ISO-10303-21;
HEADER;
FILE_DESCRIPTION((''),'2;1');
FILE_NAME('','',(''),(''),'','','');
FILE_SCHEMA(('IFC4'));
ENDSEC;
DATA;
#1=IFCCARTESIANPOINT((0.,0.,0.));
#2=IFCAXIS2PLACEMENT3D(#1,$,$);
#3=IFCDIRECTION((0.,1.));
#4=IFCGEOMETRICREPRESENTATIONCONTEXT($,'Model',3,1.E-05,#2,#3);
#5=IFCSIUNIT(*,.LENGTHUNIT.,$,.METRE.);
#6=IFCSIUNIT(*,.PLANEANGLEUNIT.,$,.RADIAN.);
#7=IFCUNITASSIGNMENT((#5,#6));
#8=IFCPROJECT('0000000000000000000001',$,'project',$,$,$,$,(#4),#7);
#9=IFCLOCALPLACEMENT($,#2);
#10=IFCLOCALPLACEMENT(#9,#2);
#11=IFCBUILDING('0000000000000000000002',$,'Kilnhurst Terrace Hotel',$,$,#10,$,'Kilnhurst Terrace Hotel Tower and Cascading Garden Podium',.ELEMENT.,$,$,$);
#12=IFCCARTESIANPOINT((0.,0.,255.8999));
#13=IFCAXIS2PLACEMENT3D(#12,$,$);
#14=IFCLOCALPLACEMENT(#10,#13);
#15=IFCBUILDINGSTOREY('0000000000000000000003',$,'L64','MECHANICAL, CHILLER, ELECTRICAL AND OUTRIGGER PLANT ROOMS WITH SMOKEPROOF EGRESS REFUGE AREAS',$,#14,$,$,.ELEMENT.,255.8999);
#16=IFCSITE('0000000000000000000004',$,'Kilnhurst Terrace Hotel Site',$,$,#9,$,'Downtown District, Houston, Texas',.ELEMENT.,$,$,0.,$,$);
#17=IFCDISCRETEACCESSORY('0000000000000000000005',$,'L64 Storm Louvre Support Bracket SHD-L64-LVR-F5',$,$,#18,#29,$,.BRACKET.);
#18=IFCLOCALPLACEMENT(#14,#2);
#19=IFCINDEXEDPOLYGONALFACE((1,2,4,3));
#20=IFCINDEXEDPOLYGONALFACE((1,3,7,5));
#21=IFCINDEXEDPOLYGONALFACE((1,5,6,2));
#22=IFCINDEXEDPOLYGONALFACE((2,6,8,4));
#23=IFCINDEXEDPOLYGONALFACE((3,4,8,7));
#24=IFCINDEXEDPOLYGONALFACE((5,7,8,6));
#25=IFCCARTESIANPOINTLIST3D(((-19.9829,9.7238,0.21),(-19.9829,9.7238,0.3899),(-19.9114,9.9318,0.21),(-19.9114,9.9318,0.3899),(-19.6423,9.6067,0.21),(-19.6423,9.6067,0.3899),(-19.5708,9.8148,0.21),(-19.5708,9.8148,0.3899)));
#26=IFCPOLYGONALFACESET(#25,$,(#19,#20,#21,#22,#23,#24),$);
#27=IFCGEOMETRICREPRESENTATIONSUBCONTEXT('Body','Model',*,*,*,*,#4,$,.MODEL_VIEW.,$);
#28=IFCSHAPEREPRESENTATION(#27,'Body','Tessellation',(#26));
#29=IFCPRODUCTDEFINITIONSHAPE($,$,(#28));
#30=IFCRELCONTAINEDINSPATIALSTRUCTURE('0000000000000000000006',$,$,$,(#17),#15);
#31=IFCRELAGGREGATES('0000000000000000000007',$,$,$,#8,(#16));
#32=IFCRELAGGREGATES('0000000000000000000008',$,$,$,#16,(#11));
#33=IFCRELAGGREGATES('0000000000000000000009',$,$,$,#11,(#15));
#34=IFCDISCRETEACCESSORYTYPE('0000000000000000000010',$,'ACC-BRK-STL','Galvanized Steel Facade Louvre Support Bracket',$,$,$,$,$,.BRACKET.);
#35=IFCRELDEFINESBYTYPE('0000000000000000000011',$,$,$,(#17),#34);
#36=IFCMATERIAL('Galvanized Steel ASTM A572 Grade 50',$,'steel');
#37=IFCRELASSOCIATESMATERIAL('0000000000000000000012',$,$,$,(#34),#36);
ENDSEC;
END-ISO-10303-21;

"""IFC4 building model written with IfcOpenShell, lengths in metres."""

from ifc_helpers import new_model, si_unit, direction, frame, origin, origin_2d, place, context, subcontext, project, spatial, rectangle, extrude, material, type_object, element, save


model = new_model("IFC4")

# Units and contexts
model_context = context("Model", 3, precision=1e-05, world=origin(), true_north=direction((0.0, 1.0)))
body_context = subcontext(model_context, "Body", "Model", "MODEL_VIEW")
ifc_project = project(units=[si_unit("LENGTHUNIT", "METRE"), si_unit("PLANEANGLEUNIT", "RADIAN")], contexts=[model_context])

# Site, building, storey
site_placement = place(None, origin())
site = spatial("IfcSite", under=ifc_project, at=site_placement, Name="Kilnhurst Terrace Hotel Site", LongName="Downtown District, Houston, Texas", CompositionType="ELEMENT", RefElevation=0.0)
building_placement = place(site_placement, origin())
building = spatial("IfcBuilding", under=site, at=building_placement, Name="Kilnhurst Terrace Hotel", LongName="Kilnhurst Terrace Hotel Tower and Cascading Garden Podium", CompositionType="ELEMENT")
storey_placement = place(building_placement, frame((0.0, 0.0, 255.8999)))
storey = spatial("IfcBuildingStorey", under=building, at=storey_placement, Name="L64", Description="MECHANICAL, CHILLER, ELECTRICAL AND OUTRIGGER PLANT ROOMS WITH SMOKEPROOF EGRESS REFUGE AREAS", CompositionType="ELEMENT", Elevation=255.8999)

# Discrete accessory
ifc_material_1 = material(Name="Galvanized Steel ASTM A572 Grade 50", Category="steel")
discrete_accessory_type = type_object("IfcDiscreteAccessoryType", Name="ACC-BRK-STL", Description="Galvanized Steel Facade Louvre Support Bracket", PredefinedType="BRACKET", material=ifc_material_1)
discrete_accessory_placement = place(storey_placement, frame((-19.7769, 9.7693, 0.21), z_axis=(0.0, 0.0, 1.0), x_axis=(-0.32509, -0.945683, 0.0)))
element("IfcDiscreteAccessory", 1, at=discrete_accessory_placement, inside=storey, type_object=discrete_accessory_type, Name="L64 Storm Louvre Support Bracket SHD-L64-LVR-F5", PredefinedType="BRACKET", context=body_context, shape_type="SweptSolid", body=[
    extrude(rectangle(XDim=0.22, YDim=0.3601, at=origin_2d()), origin(), (0.0, 0.0, 1.0), 0.1799),
])

save(model, "model.ifc")
